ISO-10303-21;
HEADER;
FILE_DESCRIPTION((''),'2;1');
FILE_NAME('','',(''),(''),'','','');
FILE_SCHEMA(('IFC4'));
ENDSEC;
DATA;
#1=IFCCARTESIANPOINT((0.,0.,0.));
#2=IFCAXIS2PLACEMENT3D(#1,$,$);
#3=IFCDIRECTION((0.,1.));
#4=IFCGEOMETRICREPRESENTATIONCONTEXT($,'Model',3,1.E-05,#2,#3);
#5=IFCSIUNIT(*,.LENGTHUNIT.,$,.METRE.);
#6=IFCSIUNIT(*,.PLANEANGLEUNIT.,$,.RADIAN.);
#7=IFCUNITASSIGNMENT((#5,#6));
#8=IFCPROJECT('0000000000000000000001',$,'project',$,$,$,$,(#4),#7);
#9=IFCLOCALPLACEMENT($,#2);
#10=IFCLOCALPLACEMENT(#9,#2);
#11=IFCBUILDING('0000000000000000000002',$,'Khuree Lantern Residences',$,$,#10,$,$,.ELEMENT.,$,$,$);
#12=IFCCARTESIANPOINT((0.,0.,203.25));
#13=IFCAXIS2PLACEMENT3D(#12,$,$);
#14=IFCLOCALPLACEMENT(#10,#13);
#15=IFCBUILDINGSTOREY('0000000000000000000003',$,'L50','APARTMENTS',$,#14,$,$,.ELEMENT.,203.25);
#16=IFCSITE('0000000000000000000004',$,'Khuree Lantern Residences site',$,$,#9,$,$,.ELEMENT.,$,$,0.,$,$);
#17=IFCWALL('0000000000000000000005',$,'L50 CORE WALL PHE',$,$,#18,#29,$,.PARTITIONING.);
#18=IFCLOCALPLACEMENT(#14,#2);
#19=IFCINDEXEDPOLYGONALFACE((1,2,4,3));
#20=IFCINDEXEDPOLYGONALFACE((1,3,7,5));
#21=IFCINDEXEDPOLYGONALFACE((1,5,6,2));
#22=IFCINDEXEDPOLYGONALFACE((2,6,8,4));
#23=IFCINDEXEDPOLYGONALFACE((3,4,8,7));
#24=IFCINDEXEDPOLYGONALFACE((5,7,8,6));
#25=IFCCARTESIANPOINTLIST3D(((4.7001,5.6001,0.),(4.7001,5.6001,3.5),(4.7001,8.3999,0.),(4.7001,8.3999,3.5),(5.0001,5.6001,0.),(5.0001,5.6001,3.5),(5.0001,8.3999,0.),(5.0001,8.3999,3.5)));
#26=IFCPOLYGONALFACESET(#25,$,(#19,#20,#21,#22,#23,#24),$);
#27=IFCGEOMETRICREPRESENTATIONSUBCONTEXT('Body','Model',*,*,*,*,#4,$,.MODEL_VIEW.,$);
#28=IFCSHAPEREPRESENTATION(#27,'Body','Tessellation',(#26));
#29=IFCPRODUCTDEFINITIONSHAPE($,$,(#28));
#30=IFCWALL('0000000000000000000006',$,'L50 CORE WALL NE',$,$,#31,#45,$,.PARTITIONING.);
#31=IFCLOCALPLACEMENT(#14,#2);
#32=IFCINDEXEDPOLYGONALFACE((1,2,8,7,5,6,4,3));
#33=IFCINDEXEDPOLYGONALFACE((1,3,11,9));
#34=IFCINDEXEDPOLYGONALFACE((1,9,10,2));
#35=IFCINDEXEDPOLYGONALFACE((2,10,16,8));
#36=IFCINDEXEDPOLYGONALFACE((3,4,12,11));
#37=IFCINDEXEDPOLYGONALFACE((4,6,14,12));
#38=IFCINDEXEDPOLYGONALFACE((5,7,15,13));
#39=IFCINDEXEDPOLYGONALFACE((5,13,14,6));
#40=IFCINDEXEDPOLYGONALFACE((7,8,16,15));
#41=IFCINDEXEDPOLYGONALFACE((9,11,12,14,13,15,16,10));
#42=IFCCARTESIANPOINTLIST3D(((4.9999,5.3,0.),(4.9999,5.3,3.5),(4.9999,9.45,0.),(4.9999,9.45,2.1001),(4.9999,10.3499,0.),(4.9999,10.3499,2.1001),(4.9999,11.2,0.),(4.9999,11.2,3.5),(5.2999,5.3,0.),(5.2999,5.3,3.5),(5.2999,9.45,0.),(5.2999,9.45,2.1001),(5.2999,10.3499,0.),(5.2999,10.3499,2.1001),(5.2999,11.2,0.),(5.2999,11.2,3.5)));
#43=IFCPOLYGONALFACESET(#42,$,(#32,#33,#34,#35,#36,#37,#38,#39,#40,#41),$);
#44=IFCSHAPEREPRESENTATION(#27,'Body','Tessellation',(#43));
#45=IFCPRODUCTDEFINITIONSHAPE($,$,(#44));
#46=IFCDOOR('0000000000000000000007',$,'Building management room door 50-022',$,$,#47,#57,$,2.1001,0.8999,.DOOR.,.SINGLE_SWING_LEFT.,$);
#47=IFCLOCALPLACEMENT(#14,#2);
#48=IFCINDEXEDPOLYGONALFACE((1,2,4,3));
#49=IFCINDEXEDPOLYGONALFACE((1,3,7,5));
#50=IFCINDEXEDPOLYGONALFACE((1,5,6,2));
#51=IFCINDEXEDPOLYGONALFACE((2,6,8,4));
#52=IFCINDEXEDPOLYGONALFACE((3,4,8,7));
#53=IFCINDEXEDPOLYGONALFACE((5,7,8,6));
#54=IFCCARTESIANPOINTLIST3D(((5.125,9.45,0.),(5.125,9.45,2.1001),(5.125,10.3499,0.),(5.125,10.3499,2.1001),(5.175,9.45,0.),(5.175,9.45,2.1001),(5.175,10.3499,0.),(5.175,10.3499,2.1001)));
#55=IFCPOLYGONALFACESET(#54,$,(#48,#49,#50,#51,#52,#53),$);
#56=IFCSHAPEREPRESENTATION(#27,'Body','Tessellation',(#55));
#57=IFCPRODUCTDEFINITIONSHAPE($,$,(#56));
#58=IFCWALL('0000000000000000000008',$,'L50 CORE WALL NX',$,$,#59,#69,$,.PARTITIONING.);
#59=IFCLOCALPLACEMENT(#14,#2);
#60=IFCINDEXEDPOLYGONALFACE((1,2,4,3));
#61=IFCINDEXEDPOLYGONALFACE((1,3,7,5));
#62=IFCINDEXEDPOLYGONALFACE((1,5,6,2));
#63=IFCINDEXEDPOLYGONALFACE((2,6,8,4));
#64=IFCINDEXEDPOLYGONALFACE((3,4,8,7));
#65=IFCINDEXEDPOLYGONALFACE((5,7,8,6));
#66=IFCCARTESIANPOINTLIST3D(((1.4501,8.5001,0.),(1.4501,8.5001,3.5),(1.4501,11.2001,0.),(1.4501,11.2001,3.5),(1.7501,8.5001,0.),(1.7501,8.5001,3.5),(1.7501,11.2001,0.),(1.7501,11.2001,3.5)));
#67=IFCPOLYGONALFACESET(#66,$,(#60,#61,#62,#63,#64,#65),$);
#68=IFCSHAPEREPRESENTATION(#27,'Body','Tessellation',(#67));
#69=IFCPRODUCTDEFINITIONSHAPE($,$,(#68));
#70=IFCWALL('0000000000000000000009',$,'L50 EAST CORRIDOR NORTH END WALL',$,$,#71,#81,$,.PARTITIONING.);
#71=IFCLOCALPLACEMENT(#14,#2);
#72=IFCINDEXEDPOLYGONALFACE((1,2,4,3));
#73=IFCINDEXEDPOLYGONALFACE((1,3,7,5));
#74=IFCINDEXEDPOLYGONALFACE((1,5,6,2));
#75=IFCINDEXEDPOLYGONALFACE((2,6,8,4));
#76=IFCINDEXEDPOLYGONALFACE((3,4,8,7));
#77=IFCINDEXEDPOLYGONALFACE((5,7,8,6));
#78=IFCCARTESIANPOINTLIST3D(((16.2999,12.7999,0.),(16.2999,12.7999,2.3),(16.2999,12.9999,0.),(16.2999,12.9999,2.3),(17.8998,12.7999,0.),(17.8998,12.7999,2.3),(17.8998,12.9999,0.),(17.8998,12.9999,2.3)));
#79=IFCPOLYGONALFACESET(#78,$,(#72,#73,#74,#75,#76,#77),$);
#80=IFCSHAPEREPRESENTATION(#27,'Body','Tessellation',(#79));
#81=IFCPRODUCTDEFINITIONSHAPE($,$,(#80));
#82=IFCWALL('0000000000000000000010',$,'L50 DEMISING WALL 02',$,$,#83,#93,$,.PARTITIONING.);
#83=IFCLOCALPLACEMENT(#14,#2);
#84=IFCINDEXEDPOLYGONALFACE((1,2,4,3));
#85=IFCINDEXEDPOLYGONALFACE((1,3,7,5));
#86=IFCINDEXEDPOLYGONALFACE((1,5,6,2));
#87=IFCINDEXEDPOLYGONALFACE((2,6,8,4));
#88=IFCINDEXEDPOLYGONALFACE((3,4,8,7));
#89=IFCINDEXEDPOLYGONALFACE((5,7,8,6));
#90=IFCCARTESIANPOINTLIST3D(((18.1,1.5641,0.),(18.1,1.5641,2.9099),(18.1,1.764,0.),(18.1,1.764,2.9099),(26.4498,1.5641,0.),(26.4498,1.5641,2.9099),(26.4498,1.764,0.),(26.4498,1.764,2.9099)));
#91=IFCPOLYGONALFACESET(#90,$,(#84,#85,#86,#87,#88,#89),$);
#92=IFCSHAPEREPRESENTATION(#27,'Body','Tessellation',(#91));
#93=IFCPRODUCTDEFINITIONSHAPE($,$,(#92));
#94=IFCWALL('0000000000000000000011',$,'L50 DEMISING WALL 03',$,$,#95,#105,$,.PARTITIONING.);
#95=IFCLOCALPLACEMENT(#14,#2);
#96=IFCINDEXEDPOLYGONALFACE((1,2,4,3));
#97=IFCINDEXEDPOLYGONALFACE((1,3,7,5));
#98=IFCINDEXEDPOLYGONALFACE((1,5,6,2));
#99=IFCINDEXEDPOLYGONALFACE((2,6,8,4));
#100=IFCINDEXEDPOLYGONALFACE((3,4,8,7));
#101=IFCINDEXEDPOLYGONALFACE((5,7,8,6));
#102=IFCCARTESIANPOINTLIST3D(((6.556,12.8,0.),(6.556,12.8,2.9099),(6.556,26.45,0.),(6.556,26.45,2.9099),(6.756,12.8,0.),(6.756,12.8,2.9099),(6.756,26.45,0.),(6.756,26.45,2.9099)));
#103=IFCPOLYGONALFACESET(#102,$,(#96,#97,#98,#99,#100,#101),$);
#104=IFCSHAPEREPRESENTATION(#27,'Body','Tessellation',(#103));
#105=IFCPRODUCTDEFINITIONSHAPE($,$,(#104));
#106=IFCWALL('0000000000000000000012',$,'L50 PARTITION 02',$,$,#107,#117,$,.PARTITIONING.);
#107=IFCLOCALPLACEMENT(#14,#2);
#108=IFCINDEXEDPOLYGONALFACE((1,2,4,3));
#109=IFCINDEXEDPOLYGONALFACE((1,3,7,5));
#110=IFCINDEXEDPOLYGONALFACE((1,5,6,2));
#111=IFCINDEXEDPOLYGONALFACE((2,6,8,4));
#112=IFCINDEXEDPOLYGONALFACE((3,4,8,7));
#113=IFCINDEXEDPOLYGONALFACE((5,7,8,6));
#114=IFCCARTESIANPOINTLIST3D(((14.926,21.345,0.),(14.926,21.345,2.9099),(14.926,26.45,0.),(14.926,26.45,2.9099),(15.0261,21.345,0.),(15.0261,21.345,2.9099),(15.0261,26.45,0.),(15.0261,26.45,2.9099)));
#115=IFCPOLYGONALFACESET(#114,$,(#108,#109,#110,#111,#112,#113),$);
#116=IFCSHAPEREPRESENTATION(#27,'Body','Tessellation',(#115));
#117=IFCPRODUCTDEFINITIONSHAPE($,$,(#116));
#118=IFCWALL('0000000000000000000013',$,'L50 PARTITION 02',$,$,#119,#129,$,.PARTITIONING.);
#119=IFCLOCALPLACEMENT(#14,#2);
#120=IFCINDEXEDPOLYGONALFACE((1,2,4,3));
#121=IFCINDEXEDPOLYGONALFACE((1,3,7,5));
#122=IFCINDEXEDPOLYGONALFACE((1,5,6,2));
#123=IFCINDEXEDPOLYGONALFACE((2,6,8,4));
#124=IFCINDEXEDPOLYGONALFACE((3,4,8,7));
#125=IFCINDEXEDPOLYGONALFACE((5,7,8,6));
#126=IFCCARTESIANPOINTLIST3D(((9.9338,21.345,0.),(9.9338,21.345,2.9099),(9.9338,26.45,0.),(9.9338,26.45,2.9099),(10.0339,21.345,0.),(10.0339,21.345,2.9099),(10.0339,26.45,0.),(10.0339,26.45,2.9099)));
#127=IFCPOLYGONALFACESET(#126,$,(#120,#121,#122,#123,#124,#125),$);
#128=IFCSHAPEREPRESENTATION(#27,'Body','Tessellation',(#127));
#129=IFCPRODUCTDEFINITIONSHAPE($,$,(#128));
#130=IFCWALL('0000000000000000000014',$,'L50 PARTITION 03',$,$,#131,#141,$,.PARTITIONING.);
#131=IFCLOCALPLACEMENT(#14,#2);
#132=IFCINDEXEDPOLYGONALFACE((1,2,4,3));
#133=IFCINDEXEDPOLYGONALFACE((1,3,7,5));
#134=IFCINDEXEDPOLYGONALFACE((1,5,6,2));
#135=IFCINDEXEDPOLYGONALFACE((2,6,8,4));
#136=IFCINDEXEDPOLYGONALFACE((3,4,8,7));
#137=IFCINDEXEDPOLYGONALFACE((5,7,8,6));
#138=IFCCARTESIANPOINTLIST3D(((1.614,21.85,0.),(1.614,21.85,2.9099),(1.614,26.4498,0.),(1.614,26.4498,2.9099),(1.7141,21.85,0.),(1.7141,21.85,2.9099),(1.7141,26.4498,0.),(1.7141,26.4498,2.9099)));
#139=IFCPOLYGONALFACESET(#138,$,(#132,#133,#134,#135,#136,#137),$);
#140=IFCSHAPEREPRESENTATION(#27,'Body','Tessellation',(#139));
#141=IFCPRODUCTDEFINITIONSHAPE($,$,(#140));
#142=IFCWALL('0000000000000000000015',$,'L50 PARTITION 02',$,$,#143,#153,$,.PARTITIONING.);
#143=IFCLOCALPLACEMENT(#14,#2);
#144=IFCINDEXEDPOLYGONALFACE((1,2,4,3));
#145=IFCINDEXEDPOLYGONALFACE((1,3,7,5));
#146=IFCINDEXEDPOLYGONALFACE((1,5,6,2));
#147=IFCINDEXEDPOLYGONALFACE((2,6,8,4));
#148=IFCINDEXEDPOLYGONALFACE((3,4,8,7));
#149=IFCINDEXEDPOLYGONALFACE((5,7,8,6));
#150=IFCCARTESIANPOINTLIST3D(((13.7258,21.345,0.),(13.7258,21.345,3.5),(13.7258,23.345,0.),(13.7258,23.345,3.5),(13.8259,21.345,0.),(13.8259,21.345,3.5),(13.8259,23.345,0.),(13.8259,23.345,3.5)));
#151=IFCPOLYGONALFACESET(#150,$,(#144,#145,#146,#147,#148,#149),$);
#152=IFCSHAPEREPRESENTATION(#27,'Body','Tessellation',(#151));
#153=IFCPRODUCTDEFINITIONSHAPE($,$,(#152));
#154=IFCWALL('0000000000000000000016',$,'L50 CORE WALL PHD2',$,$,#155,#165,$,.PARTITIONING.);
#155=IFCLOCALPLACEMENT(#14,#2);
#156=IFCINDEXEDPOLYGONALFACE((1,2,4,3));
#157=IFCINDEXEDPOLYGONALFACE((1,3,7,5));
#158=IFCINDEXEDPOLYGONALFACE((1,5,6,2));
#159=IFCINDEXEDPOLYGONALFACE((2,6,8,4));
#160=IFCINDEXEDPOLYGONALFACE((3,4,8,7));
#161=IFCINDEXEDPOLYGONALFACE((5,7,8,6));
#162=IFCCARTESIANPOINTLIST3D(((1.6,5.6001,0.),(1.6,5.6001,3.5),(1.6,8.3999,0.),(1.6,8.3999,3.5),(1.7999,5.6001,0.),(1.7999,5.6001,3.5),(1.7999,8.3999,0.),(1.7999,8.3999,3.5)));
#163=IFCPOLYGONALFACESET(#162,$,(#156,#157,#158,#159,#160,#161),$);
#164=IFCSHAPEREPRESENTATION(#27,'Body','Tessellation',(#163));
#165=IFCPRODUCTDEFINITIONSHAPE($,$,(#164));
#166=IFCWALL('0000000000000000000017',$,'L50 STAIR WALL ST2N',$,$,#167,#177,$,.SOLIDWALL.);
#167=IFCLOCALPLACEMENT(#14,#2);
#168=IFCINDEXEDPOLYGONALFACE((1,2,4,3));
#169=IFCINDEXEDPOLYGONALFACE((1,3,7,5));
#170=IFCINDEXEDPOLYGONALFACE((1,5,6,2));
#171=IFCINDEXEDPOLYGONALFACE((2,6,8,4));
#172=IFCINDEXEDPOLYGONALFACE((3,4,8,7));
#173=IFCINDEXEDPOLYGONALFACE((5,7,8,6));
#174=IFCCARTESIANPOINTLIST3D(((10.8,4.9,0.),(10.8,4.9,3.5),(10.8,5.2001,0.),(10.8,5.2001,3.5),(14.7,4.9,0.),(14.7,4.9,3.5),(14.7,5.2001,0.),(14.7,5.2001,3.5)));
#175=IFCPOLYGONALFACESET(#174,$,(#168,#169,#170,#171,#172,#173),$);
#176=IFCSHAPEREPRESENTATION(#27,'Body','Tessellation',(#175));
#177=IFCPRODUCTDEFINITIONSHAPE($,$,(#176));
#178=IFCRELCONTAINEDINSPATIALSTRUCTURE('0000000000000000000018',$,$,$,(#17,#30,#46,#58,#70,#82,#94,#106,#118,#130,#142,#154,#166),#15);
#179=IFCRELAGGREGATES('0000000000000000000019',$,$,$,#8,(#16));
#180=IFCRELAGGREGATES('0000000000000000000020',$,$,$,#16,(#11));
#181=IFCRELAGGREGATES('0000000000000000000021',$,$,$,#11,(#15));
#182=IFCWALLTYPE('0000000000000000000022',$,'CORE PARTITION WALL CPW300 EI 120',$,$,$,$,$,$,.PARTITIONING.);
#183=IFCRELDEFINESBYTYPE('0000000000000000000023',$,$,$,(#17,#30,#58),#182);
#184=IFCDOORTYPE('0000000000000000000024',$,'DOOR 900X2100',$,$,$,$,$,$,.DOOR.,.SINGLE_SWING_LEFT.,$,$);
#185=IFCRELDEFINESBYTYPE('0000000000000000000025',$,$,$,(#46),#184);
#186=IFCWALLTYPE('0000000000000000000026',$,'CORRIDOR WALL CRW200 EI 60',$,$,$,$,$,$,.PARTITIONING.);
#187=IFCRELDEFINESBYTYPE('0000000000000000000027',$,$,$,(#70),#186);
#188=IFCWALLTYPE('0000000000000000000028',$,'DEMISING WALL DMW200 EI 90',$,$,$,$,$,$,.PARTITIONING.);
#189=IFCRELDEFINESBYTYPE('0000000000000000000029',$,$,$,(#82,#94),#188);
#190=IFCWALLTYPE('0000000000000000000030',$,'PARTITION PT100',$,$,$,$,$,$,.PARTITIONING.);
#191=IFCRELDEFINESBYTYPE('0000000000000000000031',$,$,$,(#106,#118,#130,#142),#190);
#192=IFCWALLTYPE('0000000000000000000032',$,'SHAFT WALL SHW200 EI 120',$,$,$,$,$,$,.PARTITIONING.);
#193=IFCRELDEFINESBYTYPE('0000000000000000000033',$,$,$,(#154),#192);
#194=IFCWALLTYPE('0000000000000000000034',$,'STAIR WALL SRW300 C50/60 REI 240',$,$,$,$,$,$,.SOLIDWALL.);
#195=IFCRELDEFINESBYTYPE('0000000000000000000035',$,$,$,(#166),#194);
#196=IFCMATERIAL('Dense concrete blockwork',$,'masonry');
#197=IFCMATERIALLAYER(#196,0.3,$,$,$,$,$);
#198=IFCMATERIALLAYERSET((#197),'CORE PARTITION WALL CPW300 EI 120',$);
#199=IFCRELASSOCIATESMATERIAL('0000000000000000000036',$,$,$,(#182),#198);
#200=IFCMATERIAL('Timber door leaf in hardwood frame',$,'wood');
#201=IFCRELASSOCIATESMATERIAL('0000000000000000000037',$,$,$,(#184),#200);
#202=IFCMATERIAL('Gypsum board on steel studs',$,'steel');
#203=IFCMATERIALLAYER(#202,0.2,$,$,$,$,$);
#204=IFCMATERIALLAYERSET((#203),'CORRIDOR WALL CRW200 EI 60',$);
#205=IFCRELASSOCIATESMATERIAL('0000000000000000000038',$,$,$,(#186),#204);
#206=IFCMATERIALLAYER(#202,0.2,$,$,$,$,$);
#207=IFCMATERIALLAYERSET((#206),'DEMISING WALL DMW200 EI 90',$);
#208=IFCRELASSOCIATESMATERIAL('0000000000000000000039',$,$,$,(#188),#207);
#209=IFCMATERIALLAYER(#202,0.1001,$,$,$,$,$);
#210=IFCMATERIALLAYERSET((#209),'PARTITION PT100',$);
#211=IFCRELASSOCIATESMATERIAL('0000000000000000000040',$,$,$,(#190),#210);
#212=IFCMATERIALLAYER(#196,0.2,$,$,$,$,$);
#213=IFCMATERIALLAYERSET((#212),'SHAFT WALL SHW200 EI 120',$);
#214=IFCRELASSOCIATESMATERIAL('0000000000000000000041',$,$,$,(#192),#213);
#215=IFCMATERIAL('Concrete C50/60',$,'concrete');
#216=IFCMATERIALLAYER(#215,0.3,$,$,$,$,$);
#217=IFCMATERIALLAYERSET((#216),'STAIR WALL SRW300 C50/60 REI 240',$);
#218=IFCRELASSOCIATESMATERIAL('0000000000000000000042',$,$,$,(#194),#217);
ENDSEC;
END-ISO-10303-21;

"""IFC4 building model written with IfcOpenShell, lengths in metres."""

from ifc_helpers import new_model, si_unit, direction, frame, frame_2d, origin, place, context, subcontext, project, spatial, rectangle, extrude, material, layer, layer_set, type_object, element, fill, save


model = new_model("IFC4")

# Units and contexts
model_context = context("Model", 3, precision=1e-05, world=origin(), true_north=direction((0.0, 1.0)))
body_context = subcontext(model_context, "Body", "Model", "MODEL_VIEW")
ifc_project = project(units=[si_unit("LENGTHUNIT", "METRE"), si_unit("PLANEANGLEUNIT", "RADIAN")], contexts=[model_context])

# Site, building, storey
site_placement = place(None, origin())
site = spatial("IfcSite", under=ifc_project, at=site_placement, Name="Khuree Lantern Residences site", CompositionType="ELEMENT", RefElevation=0.0)
building_placement = place(site_placement, origin())
building = spatial("IfcBuilding", under=site, at=building_placement, Name="Khuree Lantern Residences", CompositionType="ELEMENT")
storey_placement = place(building_placement, frame((0.0, 0.0, 203.25)))
storey = spatial("IfcBuildingStorey", under=building, at=storey_placement, Name="L50", Description="APARTMENTS", CompositionType="ELEMENT", Elevation=203.25)

# Shared definitions
ifc_material_1 = material(Name="Concrete C50/60", Category="concrete")

# Shared definitions
ifc_material_2 = material(Name="Timber door leaf in hardwood frame", Category="wood")

# Wall
ifc_material_3 = material(Name="Dense concrete blockwork", Category="masonry")
ifc_layer_1 = layer(ifc_material_3, 0.3)
ifc_layer_set_1 = layer_set([ifc_layer_1], Name="CORE PARTITION WALL CPW300 EI 120")
wall_type_1 = type_object("IfcWallType", Name="CORE PARTITION WALL CPW300 EI 120", PredefinedType="PARTITIONING", material=ifc_layer_set_1)
wall_1_placement = place(storey_placement, frame((4.8501, 5.6001, 0.0), z_axis=(0.0, 0.0, 1.0), x_axis=(0.0, 1.0, 0.0)))
element("IfcWall", 1, at=wall_1_placement, inside=storey, type_object=wall_type_1, Name="L50 CORE WALL PHE", PredefinedType="PARTITIONING", context=body_context, shape_type="SweptSolid", body=[
    extrude(rectangle(XDim=2.7998, YDim=0.3, at=frame_2d((1.3999, 0.0))), origin(), (0.0, 0.0, 1.0), 3.5),
])

# Wall, opening, door
wall_2_placement = place(storey_placement, frame((5.1499, 5.3, 0.0), z_axis=(0.0, 0.0, 1.0), x_axis=(0.0, 1.0, 0.0)))
wall_2 = element("IfcWall", 2, at=wall_2_placement, inside=storey, type_object=wall_type_1, Name="L50 CORE WALL NE", PredefinedType="PARTITIONING", context=body_context, shape_type="SweptSolid", body=[
    extrude(rectangle(XDim=5.8999, YDim=0.3, at=frame_2d((2.95, 0.0))), origin(), (0.0, 0.0, 1.0), 3.5),
])
opening_1_placement = place(wall_2_placement, frame((4.1499, 0.0, 0.0)))
opening_1 = element("IfcOpeningElement", 3, at=opening_1_placement, cuts=wall_2, PredefinedType="OPENING", context=body_context, shape_type="SweptSolid", body=[
    extrude(rectangle(XDim=0.8999, YDim=2.1001, at=frame_2d((0.45, 1.05))), frame((0.0, 0.1602, 0.0), z_axis=(0.0, -1.0, 0.0), x_axis=(1.0, 0.0, 0.0)), (0.0, 0.0, 1.0), 0.3201),
])
door_type_1 = type_object("IfcDoorType", Name="DOOR 900X2100", OperationType="SINGLE_SWING_LEFT", PredefinedType="DOOR", material=ifc_material_2)
door_1_placement = place(opening_1_placement, origin())
door_1 = element("IfcDoor", 4, at=door_1_placement, inside=storey, type_object=door_type_1, Name="Building management room door 50-022", OperationType="SINGLE_SWING_LEFT", OverallHeight=2.1001, OverallWidth=0.8999, PredefinedType="DOOR", context=body_context, shape_type="SweptSolid", body=[
    extrude(rectangle(XDim=0.8999, YDim=2.1001, at=frame_2d((0.45, 1.05))), frame((0.0, 0.0249, 0.0), z_axis=(0.0, -1.0, 0.0), x_axis=(1.0, 0.0, 0.0)), (0.0, 0.0, 1.0), 0.05),
])
fill(opening_1, door_1)

# Walls
wall_3_placement = place(storey_placement, frame((1.6001, 8.5, 0.0), z_axis=(0.0, 0.0, 1.0), x_axis=(0.0, 1.0, 0.0)))
element("IfcWall", 5, at=wall_3_placement, inside=storey, type_object=wall_type_1, Name="L50 CORE WALL NX", PredefinedType="PARTITIONING", context=body_context, shape_type="SweptSolid", body=[
    extrude(rectangle(XDim=2.7, YDim=0.3, at=frame_2d((1.3501, 0.0))), origin(), (0.0, 0.0, 1.0), 3.5),
])
ifc_material_4 = material(Name="Gypsum board on steel studs", Category="steel")
ifc_layer_2 = layer(ifc_material_4, 0.2)
ifc_layer_set_2 = layer_set([ifc_layer_2], Name="CORRIDOR WALL CRW200 EI 60")
wall_type_2 = type_object("IfcWallType", Name="CORRIDOR WALL CRW200 EI 60", PredefinedType="PARTITIONING", material=ifc_layer_set_2)
wall_4_placement = place(storey_placement, frame((16.3, 12.8999, 0.0), z_axis=(0.0, 0.0, 1.0), x_axis=(1.0, 0.0, 0.0)))
element("IfcWall", 6, at=wall_4_placement, inside=storey, type_object=wall_type_2, Name="L50 EAST CORRIDOR NORTH END WALL", PredefinedType="PARTITIONING", context=body_context, shape_type="SweptSolid", body=[
    extrude(rectangle(XDim=1.5999, YDim=0.2, at=frame_2d((0.7998, 0.0))), origin(), (0.0, 0.0, 1.0), 2.3),
])
ifc_layer_3 = layer(ifc_material_4, 0.2)
ifc_layer_set_3 = layer_set([ifc_layer_3], Name="DEMISING WALL DMW200 EI 90")
wall_type_3 = type_object("IfcWallType", Name="DEMISING WALL DMW200 EI 90", PredefinedType="PARTITIONING", material=ifc_layer_set_3)
wall_5_placement = place(storey_placement, frame((18.1001, 1.6641, 0.0), z_axis=(0.0, 0.0, 1.0), x_axis=(1.0, 0.0, 0.0)))
element("IfcWall", 7, at=wall_5_placement, inside=storey, type_object=wall_type_3, Name="L50 DEMISING WALL 02", PredefinedType="PARTITIONING", context=body_context, shape_type="SweptSolid", body=[
    extrude(rectangle(XDim=8.3499, YDim=0.2, at=frame_2d((4.1748, 0.0))), origin(), (0.0, 0.0, 1.0), 2.9099),
])
wall_6_placement = place(storey_placement, frame((6.656, 12.8, 0.0), z_axis=(0.0, 0.0, 1.0), x_axis=(0.0, 1.0, 0.0)))
element("IfcWall", 8, at=wall_6_placement, inside=storey, type_object=wall_type_3, Name="L50 DEMISING WALL 03", PredefinedType="PARTITIONING", context=body_context, shape_type="SweptSolid", body=[
    extrude(rectangle(XDim=13.6499, YDim=0.2, at=frame_2d((6.825, 0.0))), origin(), (0.0, 0.0, 1.0), 2.9099),
])
ifc_layer_4 = layer(ifc_material_4, 0.1001)
ifc_layer_set_4 = layer_set([ifc_layer_4], Name="PARTITION PT100")
wall_type_4 = type_object("IfcWallType", Name="PARTITION PT100", PredefinedType="PARTITIONING", material=ifc_layer_set_4)
for number, where, z_axis, x_axis, name in (
    (9, (14.9761, 21.345, 0.0), (0.0, 0.0, 1.0), (0.0, 1.0, 0.0), "L50 PARTITION 02"),
    (10, (9.9839, 21.345, 0.0), (0.0, 0.0, 1.0), (0.0, 1.0, 0.0), "L50 PARTITION 02"),
):
    element("IfcWall", number, at=place(storey_placement, frame(where, z_axis=z_axis, x_axis=x_axis)), inside=storey, type_object=wall_type_4, Name=name, PredefinedType="PARTITIONING", context=body_context, shape_type="SweptSolid", body=[
        extrude(rectangle(XDim=5.105, YDim=0.1001, at=frame_2d((2.5525, 0.0))), origin(), (0.0, 0.0, 1.0), 2.9099),
    ])
wall_7_placement = place(storey_placement, frame((1.6641, 21.8501, 0.0), z_axis=(0.0, 0.0, 1.0), x_axis=(0.0, 1.0, 0.0)))
element("IfcWall", 11, at=wall_7_placement, inside=storey, type_object=wall_type_4, Name="L50 PARTITION 03", PredefinedType="PARTITIONING", context=body_context, shape_type="SweptSolid", body=[
    extrude(rectangle(XDim=4.5999, YDim=0.1001, at=frame_2d((2.2998, 0.0))), origin(), (0.0, 0.0, 1.0), 2.9099),
])
wall_8_placement = place(storey_placement, frame((13.7759, 21.345, 0.0), z_axis=(0.0, 0.0, 1.0), x_axis=(0.0, 1.0, 0.0)))
element("IfcWall", 12, at=wall_8_placement, inside=storey, type_object=wall_type_4, Name="L50 PARTITION 02", PredefinedType="PARTITIONING", context=body_context, shape_type="SweptSolid", body=[
    extrude(rectangle(XDim=2.0, YDim=0.1001, at=frame_2d((1.0, 0.0))), origin(), (0.0, 0.0, 1.0), 3.5),
])
ifc_layer_5 = layer(ifc_material_3, 0.2)
ifc_layer_set_5 = layer_set([ifc_layer_5], Name="SHAFT WALL SHW200 EI 120")
wall_type_5 = type_object("IfcWallType", Name="SHAFT WALL SHW200 EI 120", PredefinedType="PARTITIONING", material=ifc_layer_set_5)
wall_9_placement = place(storey_placement, frame((1.7, 5.6001, 0.0), z_axis=(0.0, 0.0, 1.0), x_axis=(0.0, 1.0, 0.0)))
element("IfcWall", 13, at=wall_9_placement, inside=storey, type_object=wall_type_5, Name="L50 CORE WALL PHD2", PredefinedType="PARTITIONING", context=body_context, shape_type="SweptSolid", body=[
    extrude(rectangle(XDim=2.7998, YDim=0.2, at=frame_2d((1.3999, 0.0))), origin(), (0.0, 0.0, 1.0), 3.5),
])
ifc_layer_6 = layer(ifc_material_1, 0.3)
ifc_layer_set_6 = layer_set([ifc_layer_6], Name="STAIR WALL SRW300 C50/60 REI 240")
wall_type_6 = type_object("IfcWallType", Name="STAIR WALL SRW300 C50/60 REI 240", PredefinedType="SOLIDWALL", material=ifc_layer_set_6)
wall_10_placement = place(storey_placement, frame((14.7, 5.05, 0.0), z_axis=(0.0, 0.0, 1.0), x_axis=(-1.0, 0.0, 0.0)))
element("IfcWall", 14, at=wall_10_placement, inside=storey, type_object=wall_type_6, Name="L50 STAIR WALL ST2N", PredefinedType="SOLIDWALL", context=body_context, shape_type="SweptSolid", body=[
    extrude(rectangle(XDim=3.8999, YDim=0.3, at=frame_2d((1.95, 0.0))), origin(), (0.0, 0.0, 1.0), 3.5),
])

save(model, "model.ifc")
